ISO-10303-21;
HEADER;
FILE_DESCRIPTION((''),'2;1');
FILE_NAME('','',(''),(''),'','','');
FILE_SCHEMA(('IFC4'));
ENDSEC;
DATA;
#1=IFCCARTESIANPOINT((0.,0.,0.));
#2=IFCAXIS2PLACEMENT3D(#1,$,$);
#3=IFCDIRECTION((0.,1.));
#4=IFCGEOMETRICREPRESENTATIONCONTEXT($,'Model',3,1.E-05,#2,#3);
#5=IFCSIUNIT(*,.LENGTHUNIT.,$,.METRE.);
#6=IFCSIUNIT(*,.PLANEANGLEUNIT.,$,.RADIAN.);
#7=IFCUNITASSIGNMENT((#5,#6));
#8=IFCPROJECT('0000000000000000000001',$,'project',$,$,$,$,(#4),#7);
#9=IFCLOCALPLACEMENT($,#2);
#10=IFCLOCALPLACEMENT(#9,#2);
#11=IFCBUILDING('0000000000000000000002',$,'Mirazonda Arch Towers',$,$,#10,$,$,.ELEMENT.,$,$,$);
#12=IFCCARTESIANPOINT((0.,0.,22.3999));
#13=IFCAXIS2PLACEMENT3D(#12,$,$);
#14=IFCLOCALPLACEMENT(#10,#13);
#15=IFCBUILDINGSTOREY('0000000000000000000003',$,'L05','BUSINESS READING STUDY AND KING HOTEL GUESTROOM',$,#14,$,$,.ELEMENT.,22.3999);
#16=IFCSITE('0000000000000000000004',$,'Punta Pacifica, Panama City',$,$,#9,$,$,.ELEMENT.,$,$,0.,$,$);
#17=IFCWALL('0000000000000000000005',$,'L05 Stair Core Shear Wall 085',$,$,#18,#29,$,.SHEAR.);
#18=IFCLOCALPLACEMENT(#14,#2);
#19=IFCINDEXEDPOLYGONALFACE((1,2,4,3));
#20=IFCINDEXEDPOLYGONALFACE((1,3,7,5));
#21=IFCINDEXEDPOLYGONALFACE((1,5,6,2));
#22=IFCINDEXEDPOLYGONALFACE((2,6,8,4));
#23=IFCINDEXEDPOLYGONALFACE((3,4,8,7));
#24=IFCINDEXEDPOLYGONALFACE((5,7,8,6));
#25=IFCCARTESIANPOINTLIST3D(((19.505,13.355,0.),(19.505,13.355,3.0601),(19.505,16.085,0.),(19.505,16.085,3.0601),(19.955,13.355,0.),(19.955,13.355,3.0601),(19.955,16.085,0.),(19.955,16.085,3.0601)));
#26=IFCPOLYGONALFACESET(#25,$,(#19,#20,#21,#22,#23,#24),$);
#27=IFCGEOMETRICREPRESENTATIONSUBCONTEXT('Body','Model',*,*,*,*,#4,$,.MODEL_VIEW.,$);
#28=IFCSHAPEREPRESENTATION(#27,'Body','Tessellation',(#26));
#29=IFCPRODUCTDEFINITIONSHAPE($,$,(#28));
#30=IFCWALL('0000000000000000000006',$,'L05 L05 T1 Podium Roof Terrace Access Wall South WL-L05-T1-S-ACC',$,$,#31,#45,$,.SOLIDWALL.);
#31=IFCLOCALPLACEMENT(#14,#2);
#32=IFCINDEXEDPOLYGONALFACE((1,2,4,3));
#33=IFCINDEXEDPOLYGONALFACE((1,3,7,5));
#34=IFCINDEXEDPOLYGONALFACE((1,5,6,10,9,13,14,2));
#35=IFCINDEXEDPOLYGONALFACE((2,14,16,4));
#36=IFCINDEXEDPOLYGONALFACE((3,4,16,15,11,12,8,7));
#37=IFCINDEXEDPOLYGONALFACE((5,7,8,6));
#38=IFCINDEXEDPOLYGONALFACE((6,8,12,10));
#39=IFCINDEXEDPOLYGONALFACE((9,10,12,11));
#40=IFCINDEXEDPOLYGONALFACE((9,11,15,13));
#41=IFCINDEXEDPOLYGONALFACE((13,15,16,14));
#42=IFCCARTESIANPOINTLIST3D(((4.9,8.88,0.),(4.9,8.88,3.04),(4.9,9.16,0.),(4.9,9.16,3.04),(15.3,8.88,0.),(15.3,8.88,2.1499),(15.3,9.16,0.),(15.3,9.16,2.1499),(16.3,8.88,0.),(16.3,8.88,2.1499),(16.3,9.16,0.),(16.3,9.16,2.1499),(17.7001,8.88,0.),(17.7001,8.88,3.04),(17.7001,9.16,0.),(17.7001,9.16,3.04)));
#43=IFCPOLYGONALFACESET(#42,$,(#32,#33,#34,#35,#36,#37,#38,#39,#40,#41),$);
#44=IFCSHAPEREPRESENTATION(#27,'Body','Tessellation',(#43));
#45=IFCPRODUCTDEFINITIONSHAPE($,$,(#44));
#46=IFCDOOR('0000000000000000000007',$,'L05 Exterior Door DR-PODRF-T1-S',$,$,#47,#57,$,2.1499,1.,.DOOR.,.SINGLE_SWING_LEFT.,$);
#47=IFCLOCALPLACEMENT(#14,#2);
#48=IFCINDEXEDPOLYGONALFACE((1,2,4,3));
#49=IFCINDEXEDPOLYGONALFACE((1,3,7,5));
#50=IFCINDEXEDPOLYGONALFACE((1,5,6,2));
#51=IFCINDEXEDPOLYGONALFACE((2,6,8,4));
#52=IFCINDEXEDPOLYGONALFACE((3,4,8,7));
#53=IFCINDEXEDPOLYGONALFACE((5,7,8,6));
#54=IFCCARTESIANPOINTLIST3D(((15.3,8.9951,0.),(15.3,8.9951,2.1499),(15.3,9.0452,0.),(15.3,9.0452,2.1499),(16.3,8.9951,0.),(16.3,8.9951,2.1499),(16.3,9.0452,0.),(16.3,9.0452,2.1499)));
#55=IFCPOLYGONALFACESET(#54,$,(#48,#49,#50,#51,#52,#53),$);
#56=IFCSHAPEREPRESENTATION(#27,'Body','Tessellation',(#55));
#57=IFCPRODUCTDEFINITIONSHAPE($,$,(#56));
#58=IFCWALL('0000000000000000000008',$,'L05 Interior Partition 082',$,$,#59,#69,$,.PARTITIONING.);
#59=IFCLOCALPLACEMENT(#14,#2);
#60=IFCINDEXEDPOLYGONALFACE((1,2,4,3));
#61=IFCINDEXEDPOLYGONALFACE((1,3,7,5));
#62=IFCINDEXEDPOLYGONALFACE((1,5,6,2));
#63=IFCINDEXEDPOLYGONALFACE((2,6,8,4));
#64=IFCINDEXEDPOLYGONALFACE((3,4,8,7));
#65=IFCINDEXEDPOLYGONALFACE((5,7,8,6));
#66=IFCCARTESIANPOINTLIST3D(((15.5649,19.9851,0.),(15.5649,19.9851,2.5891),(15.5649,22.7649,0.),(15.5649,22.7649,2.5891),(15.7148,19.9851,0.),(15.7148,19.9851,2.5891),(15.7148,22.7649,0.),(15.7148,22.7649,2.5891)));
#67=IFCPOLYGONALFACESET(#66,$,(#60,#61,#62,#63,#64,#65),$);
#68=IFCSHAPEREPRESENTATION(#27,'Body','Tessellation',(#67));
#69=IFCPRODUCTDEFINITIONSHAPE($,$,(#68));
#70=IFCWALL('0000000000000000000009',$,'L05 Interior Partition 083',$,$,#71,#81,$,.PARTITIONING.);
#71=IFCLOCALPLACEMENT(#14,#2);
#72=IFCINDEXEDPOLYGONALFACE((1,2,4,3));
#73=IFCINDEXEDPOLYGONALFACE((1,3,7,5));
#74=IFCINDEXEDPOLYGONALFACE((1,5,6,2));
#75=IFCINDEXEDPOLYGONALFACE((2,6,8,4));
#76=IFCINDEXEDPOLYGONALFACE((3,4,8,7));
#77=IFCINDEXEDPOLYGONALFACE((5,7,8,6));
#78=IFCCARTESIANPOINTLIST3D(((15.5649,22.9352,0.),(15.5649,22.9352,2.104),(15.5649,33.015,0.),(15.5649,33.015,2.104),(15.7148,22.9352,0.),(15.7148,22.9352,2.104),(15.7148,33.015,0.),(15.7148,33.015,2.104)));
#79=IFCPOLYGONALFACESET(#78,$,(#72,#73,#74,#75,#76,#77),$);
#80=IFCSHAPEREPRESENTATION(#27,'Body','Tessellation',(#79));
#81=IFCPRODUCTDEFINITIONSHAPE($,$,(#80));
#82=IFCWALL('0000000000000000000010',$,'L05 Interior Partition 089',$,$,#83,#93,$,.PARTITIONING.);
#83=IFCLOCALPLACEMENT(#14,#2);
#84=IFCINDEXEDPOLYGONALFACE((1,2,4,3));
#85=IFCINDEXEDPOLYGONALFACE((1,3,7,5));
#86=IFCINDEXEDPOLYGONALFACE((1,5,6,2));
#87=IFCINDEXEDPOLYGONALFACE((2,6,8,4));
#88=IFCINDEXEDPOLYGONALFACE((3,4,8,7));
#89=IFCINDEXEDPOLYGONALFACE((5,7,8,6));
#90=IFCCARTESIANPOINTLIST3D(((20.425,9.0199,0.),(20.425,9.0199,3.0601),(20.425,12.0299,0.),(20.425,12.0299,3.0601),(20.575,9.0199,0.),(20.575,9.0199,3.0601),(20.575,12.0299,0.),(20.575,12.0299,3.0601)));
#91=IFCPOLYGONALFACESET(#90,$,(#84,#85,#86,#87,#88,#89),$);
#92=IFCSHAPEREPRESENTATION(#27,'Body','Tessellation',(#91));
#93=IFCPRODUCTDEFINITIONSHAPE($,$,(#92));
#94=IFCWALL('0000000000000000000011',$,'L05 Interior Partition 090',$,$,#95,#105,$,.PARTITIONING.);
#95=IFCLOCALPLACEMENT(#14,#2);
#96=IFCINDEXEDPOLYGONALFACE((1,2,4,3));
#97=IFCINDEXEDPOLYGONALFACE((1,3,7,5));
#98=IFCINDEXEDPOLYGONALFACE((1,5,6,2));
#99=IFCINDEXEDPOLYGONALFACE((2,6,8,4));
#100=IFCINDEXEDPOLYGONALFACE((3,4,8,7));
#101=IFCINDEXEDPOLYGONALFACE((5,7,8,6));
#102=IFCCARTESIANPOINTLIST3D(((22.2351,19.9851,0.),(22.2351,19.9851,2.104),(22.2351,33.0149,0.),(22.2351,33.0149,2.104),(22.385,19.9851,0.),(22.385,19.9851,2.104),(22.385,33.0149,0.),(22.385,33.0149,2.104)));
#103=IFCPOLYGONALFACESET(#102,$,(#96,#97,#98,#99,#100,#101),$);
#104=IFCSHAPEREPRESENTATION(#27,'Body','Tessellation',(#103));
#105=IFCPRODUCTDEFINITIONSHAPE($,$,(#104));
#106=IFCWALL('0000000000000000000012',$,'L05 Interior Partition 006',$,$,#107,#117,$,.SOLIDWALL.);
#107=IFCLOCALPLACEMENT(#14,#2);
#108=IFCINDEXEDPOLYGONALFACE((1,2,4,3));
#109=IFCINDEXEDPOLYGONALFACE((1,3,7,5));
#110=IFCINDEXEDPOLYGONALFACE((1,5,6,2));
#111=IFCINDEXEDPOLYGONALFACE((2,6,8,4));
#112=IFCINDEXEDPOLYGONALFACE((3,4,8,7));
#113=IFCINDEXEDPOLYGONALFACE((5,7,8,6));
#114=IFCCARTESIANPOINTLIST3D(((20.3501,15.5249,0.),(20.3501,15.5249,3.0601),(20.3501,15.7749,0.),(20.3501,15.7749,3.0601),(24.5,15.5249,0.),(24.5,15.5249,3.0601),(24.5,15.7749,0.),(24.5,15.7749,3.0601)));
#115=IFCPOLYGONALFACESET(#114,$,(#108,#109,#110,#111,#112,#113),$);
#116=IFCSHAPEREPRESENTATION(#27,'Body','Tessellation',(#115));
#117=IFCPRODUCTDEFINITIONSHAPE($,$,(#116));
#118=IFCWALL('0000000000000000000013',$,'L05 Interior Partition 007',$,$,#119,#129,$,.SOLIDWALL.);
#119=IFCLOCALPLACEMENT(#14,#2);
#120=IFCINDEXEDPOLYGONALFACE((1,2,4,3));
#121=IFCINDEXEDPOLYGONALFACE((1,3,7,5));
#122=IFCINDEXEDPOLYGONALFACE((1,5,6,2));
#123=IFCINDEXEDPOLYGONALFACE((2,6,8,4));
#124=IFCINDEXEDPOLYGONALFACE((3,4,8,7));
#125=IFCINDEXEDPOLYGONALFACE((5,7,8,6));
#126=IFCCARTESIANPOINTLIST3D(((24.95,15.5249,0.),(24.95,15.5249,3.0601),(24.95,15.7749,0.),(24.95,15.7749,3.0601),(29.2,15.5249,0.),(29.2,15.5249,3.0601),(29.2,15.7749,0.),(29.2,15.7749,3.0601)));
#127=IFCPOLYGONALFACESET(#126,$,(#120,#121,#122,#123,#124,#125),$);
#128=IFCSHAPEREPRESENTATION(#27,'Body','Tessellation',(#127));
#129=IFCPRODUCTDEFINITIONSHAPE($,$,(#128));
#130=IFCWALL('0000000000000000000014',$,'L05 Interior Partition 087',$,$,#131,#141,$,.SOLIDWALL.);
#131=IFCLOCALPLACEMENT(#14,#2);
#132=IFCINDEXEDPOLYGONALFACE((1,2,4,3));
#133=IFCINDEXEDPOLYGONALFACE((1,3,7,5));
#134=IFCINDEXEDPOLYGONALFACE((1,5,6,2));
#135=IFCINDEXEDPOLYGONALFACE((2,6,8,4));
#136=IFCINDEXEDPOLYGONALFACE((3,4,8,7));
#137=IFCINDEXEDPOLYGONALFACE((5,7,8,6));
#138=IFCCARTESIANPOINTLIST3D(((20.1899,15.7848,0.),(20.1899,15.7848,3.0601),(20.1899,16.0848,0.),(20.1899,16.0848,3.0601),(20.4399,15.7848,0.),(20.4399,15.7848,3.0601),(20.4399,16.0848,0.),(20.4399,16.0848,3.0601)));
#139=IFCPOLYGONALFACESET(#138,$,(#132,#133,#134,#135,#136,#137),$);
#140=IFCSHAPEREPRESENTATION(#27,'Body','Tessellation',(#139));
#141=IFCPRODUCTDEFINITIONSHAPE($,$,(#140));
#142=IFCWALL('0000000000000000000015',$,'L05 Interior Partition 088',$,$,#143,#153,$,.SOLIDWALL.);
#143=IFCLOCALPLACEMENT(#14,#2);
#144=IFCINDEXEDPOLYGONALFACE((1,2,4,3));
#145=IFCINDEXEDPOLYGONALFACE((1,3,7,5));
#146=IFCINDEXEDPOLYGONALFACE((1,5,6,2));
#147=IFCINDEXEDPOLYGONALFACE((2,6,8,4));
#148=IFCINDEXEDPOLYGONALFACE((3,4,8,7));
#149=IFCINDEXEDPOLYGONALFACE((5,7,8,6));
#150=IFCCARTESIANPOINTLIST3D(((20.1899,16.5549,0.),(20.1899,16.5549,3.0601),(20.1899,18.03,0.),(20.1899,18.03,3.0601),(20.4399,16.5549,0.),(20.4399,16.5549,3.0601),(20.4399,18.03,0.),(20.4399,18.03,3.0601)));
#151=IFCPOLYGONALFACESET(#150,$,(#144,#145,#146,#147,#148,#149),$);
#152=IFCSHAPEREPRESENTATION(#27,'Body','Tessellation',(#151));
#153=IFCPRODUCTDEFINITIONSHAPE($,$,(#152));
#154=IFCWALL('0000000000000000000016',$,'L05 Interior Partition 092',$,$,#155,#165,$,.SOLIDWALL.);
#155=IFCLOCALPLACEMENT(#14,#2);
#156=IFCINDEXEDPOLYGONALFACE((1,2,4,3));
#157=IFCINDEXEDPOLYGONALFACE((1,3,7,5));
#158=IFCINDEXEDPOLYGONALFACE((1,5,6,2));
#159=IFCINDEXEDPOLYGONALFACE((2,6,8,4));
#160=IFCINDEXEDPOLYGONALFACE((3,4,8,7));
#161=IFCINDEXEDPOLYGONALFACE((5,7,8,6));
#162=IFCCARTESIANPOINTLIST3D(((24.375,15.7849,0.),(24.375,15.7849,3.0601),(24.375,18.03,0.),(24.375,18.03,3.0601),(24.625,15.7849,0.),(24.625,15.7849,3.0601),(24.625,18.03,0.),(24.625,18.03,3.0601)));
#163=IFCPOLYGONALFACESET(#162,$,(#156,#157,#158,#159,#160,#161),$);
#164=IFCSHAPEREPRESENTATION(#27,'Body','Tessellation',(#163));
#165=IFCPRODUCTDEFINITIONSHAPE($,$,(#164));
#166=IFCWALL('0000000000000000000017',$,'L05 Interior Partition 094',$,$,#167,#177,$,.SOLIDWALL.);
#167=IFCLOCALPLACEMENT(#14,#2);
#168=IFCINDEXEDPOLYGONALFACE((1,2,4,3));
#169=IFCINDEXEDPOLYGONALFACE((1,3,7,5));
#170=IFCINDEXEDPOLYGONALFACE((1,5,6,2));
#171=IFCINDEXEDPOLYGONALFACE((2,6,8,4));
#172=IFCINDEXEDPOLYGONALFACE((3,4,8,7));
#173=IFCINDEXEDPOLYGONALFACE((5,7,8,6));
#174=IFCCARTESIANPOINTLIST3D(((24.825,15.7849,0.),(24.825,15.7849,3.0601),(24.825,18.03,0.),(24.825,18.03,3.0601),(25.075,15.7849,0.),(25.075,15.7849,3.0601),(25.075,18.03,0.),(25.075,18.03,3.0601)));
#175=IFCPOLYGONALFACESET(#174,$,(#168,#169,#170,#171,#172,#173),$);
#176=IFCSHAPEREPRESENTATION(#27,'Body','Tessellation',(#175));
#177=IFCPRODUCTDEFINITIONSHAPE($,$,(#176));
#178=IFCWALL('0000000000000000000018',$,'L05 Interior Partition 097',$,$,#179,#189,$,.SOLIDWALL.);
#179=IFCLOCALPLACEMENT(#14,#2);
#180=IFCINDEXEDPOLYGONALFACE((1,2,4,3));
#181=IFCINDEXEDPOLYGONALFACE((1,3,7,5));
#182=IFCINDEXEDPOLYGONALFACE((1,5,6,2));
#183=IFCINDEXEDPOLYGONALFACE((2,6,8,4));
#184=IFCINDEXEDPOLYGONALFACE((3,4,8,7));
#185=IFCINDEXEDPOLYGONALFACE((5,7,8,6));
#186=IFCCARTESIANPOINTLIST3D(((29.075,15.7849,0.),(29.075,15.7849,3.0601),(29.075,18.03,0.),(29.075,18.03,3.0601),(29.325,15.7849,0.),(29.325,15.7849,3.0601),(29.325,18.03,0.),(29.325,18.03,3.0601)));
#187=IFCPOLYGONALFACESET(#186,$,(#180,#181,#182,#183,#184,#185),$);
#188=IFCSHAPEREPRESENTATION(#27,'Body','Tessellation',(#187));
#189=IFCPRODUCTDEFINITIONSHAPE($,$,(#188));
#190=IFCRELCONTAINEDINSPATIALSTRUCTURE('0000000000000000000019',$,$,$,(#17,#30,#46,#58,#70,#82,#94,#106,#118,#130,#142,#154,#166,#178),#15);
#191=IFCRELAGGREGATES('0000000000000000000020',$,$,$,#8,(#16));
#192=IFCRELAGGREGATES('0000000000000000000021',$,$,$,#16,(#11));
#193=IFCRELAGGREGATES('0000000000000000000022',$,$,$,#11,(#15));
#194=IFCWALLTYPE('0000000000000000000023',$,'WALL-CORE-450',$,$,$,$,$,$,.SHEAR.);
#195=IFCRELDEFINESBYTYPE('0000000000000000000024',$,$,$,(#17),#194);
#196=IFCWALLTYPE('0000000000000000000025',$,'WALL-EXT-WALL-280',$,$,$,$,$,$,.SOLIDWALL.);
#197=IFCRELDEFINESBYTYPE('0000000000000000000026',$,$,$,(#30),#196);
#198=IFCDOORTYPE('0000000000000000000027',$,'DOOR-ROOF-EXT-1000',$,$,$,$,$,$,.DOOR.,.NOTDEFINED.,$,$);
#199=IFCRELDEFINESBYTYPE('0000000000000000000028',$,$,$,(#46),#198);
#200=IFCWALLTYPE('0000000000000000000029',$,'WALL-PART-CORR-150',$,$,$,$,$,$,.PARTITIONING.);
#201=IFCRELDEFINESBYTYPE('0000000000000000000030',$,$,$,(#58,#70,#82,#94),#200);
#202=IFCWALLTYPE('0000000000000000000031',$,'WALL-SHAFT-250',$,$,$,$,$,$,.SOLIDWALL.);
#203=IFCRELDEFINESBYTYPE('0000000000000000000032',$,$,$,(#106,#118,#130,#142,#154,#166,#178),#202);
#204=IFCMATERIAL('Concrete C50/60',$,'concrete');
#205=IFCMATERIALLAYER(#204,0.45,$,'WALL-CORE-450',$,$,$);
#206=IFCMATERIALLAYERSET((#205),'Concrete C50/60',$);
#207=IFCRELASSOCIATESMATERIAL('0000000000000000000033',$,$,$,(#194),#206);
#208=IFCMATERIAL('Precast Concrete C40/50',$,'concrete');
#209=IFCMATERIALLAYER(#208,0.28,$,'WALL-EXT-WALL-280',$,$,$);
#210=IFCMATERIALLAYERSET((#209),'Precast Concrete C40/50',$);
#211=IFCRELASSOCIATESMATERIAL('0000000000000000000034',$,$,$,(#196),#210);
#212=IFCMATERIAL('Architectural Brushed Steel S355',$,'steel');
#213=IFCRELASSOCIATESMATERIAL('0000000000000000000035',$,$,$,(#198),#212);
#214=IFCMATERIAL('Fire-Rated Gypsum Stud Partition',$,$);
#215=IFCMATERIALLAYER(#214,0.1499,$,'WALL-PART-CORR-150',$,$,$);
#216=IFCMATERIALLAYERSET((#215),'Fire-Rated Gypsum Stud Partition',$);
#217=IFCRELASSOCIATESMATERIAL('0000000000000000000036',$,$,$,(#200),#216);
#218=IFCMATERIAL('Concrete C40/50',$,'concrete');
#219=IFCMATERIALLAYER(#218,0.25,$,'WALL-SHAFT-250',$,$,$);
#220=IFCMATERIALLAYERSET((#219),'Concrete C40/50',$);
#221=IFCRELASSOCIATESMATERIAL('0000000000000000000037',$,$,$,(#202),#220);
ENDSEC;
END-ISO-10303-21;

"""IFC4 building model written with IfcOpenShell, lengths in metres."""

from ifc_helpers import new_model, si_unit, direction, frame, frame_2d, origin, place, context, subcontext, project, spatial, rectangle, extrude, material, layer, layer_set, type_object, element, fill, save


model = new_model("IFC4")

# Units and contexts
model_context = context("Model", 3, precision=1e-05, world=origin(), true_north=direction((0.0, 1.0)))
body_context = subcontext(model_context, "Body", "Model", "MODEL_VIEW")
ifc_project = project(units=[si_unit("LENGTHUNIT", "METRE"), si_unit("PLANEANGLEUNIT", "RADIAN")], contexts=[model_context])

# Site, building, storey
site_placement = place(None, origin())
site = spatial("IfcSite", under=ifc_project, at=site_placement, Name="Punta Pacifica, Panama City", CompositionType="ELEMENT", RefElevation=0.0)
building_placement = place(site_placement, origin())
building = spatial("IfcBuilding", under=site, at=building_placement, Name="Mirazonda Arch Towers", CompositionType="ELEMENT")
storey_placement = place(building_placement, frame((0.0, 0.0, 22.3999)))
storey = spatial("IfcBuildingStorey", under=building, at=storey_placement, Name="L05", Description="BUSINESS READING STUDY AND KING HOTEL GUESTROOM", CompositionType="ELEMENT", Elevation=22.3999)

# Wall
ifc_material_1 = material(Name="Concrete C50/60", Category="concrete")
ifc_layer_1 = layer(ifc_material_1, 0.45, Name="WALL-CORE-450")
ifc_layer_set_1 = layer_set([ifc_layer_1], Name="Concrete C50/60")
wall_type_1 = type_object("IfcWallType", Name="WALL-CORE-450", PredefinedType="SHEAR", material=ifc_layer_set_1)
wall_1_placement = place(storey_placement, frame((19.73, 13.355, 0.0), z_axis=(0.0, 0.0, 1.0), x_axis=(0.0, 1.0, 0.0)))
element("IfcWall", 1, at=wall_1_placement, inside=storey, type_object=wall_type_1, Name="L05 Stair Core Shear Wall 085", PredefinedType="SHEAR", context=body_context, shape_type="SweptSolid", body=[
    extrude(rectangle(XDim=2.73, YDim=0.45, at=frame_2d((1.365, 0.0))), origin(), (0.0, 0.0, 1.0), 3.0601),
])

# Wall, opening, door
ifc_material_2 = material(Name="Precast Concrete C40/50", Category="concrete")
ifc_layer_2 = layer(ifc_material_2, 0.28, Name="WALL-EXT-WALL-280")
ifc_layer_set_2 = layer_set([ifc_layer_2], Name="Precast Concrete C40/50")
wall_type_2 = type_object("IfcWallType", Name="WALL-EXT-WALL-280", PredefinedType="SOLIDWALL", material=ifc_layer_set_2)
wall_2_placement = place(storey_placement, frame((17.7, 9.02, 0.0), z_axis=(0.0, 0.0, 1.0), x_axis=(-1.0, 0.0, 0.0)))
wall_2 = element("IfcWall", 2, at=wall_2_placement, inside=storey, type_object=wall_type_2, Name="L05 L05 T1 Podium Roof Terrace Access Wall South WL-L05-T1-S-ACC", PredefinedType="SOLIDWALL", context=body_context, shape_type="SweptSolid", body=[
    extrude(rectangle(XDim=12.8, YDim=0.28, at=frame_2d((6.3999, 0.0))), origin(), (0.0, 0.0, 1.0), 3.04),
])
opening_placement = place(wall_2_placement, frame((1.3999, 0.0, 0.0)))
opening = element("IfcOpeningElement", 3, at=opening_placement, cuts=wall_2, PredefinedType="OPENING", context=body_context, shape_type="SweptSolid", body=[
    extrude(rectangle(XDim=1.0, YDim=2.1499, at=frame_2d((0.5, 1.075))), frame((0.0, 0.1499, 0.0), z_axis=(0.0, -1.0, 0.0), x_axis=(1.0, 0.0, 0.0)), (0.0, 0.0, 1.0), 0.3),
])
ifc_material_3 = material(Name="Architectural Brushed Steel S355", Category="steel")
door_type = type_object("IfcDoorType", Name="DOOR-ROOF-EXT-1000", OperationType="NOTDEFINED", PredefinedType="DOOR", material=ifc_material_3)
door_placement = place(opening_placement, origin())
door = element("IfcDoor", 4, at=door_placement, inside=storey, type_object=door_type, Name="L05 Exterior Door DR-PODRF-T1-S", OperationType="SINGLE_SWING_LEFT", OverallHeight=2.1499, OverallWidth=1.0, PredefinedType="DOOR", context=body_context, shape_type="SweptSolid", body=[
    extrude(rectangle(XDim=1.0, YDim=2.1499, at=frame_2d((0.5, 1.075))), frame((0.0, 0.0249, 0.0), z_axis=(0.0, -1.0, 0.0), x_axis=(1.0, 0.0, 0.0)), (0.0, 0.0, 1.0), 0.05),
])
fill(opening, door)

# Walls
ifc_material_4 = material(Name="Fire-Rated Gypsum Stud Partition")
ifc_layer_3 = layer(ifc_material_4, 0.1499, Name="WALL-PART-CORR-150")
ifc_layer_set_3 = layer_set([ifc_layer_3], Name="Fire-Rated Gypsum Stud Partition")
wall_type_3 = type_object("IfcWallType", Name="WALL-PART-CORR-150", PredefinedType="PARTITIONING", material=ifc_layer_set_3)
wall_3_placement = place(storey_placement, frame((15.6399, 19.9851, 0.0), z_axis=(0.0, 0.0, 1.0), x_axis=(0.0, 1.0, 0.0)))
element("IfcWall", 5, at=wall_3_placement, inside=storey, type_object=wall_type_3, Name="L05 Interior Partition 082", PredefinedType="PARTITIONING", context=body_context, shape_type="SweptSolid", body=[
    extrude(rectangle(XDim=2.7798, YDim=0.1499, at=frame_2d((1.3899, 0.0))), origin(), (0.0, 0.0, 1.0), 2.5891),
])
wall_4_placement = place(storey_placement, frame((15.6399, 22.9351, 0.0), z_axis=(0.0, 0.0, 1.0), x_axis=(0.0, 1.0, 0.0)))
element("IfcWall", 6, at=wall_4_placement, inside=storey, type_object=wall_type_3, Name="L05 Interior Partition 083", PredefinedType="PARTITIONING", context=body_context, shape_type="SweptSolid", body=[
    extrude(rectangle(XDim=10.0798, YDim=0.1499, at=frame_2d((5.04, 0.0))), origin(), (0.0, 0.0, 1.0), 2.104),
])
wall_5_placement = place(storey_placement, frame((20.5, 9.02, 0.0), z_axis=(0.0, 0.0, 1.0), x_axis=(0.0, 1.0, 0.0)))
element("IfcWall", 7, at=wall_5_placement, inside=storey, type_object=wall_type_3, Name="L05 Interior Partition 089", PredefinedType="PARTITIONING", context=body_context, shape_type="SweptSolid", body=[
    extrude(rectangle(XDim=3.01, YDim=0.1499, at=frame_2d((1.5049, 0.0))), origin(), (0.0, 0.0, 1.0), 3.0601),
])
wall_6_placement = place(storey_placement, frame((22.3101, 19.9851, 0.0), z_axis=(0.0, 0.0, 1.0), x_axis=(0.0, 1.0, 0.0)))
element("IfcWall", 8, at=wall_6_placement, inside=storey, type_object=wall_type_3, Name="L05 Interior Partition 090", PredefinedType="PARTITIONING", context=body_context, shape_type="SweptSolid", body=[
    extrude(rectangle(XDim=13.0298, YDim=0.1499, at=frame_2d((6.5149, 0.0))), origin(), (0.0, 0.0, 1.0), 2.104),
])
ifc_material_5 = material(Name="Concrete C40/50", Category="concrete")
ifc_layer_4 = layer(ifc_material_5, 0.25, Name="WALL-SHAFT-250")
ifc_layer_set_4 = layer_set([ifc_layer_4], Name="Concrete C40/50")
wall_type_4 = type_object("IfcWallType", Name="WALL-SHAFT-250", PredefinedType="SOLIDWALL", material=ifc_layer_set_4)
wall_7_placement = place(storey_placement, frame((20.3501, 15.6499, 0.0), z_axis=(0.0, 0.0, 1.0), x_axis=(1.0, 0.0, 0.0)))
element("IfcWall", 9, at=wall_7_placement, inside=storey, type_object=wall_type_4, Name="L05 Interior Partition 006", PredefinedType="SOLIDWALL", context=body_context, shape_type="SweptSolid", body=[
    extrude(rectangle(XDim=4.1499, YDim=0.25, at=frame_2d((2.075, 0.0))), origin(), (0.0, 0.0, 1.0), 3.0601),
])
wall_8_placement = place(storey_placement, frame((24.95, 15.6499, 0.0), z_axis=(0.0, 0.0, 1.0), x_axis=(1.0, 0.0, 0.0)))
element("IfcWall", 10, at=wall_8_placement, inside=storey, type_object=wall_type_4, Name="L05 Interior Partition 007", PredefinedType="SOLIDWALL", context=body_context, shape_type="SweptSolid", body=[
    extrude(rectangle(XDim=4.25, YDim=0.25, at=frame_2d((2.125, 0.0))), origin(), (0.0, 0.0, 1.0), 3.0601),
])
wall_9_placement = place(storey_placement, frame((20.3149, 15.7849, 0.0), z_axis=(0.0, 0.0, 1.0), x_axis=(0.0, 1.0, 0.0)))
element("IfcWall", 11, at=wall_9_placement, inside=storey, type_object=wall_type_4, Name="L05 Interior Partition 087", PredefinedType="SOLIDWALL", context=body_context, shape_type="SweptSolid", body=[
    extrude(rectangle(XDim=0.3, YDim=0.25, at=frame_2d((0.1499, 0.0))), origin(), (0.0, 0.0, 1.0), 3.0601),
])
wall_10_placement = place(storey_placement, frame((20.3149, 16.5549, 0.0), z_axis=(0.0, 0.0, 1.0), x_axis=(0.0, 1.0, 0.0)))
element("IfcWall", 12, at=wall_10_placement, inside=storey, type_object=wall_type_4, Name="L05 Interior Partition 088", PredefinedType="SOLIDWALL", context=body_context, shape_type="SweptSolid", body=[
    extrude(rectangle(XDim=1.4751, YDim=0.25, at=frame_2d((0.7375, 0.0))), origin(), (0.0, 0.0, 1.0), 3.0601),
])
for number, where, z_axis, x_axis, name in (
    (13, (24.5, 15.7849, 0.0), (0.0, 0.0, 1.0), (0.0, 1.0, 0.0), "L05 Interior Partition 092"),
    (14, (24.95, 15.7849, 0.0), (0.0, 0.0, 1.0), (0.0, 1.0, 0.0), "L05 Interior Partition 094"),
    (15, (29.2, 15.7849, 0.0), (0.0, 0.0, 1.0), (0.0, 1.0, 0.0), "L05 Interior Partition 097"),
):
    element("IfcWall", number, at=place(storey_placement, frame(where, z_axis=z_axis, x_axis=x_axis)), inside=storey, type_object=wall_type_4, Name=name, PredefinedType="SOLIDWALL", context=body_context, shape_type="SweptSolid", body=[
        extrude(rectangle(XDim=2.2451, YDim=0.25, at=frame_2d((1.1226, 0.0))), origin(), (0.0, 0.0, 1.0), 3.0601),
    ])

save(model, "model.ifc")
